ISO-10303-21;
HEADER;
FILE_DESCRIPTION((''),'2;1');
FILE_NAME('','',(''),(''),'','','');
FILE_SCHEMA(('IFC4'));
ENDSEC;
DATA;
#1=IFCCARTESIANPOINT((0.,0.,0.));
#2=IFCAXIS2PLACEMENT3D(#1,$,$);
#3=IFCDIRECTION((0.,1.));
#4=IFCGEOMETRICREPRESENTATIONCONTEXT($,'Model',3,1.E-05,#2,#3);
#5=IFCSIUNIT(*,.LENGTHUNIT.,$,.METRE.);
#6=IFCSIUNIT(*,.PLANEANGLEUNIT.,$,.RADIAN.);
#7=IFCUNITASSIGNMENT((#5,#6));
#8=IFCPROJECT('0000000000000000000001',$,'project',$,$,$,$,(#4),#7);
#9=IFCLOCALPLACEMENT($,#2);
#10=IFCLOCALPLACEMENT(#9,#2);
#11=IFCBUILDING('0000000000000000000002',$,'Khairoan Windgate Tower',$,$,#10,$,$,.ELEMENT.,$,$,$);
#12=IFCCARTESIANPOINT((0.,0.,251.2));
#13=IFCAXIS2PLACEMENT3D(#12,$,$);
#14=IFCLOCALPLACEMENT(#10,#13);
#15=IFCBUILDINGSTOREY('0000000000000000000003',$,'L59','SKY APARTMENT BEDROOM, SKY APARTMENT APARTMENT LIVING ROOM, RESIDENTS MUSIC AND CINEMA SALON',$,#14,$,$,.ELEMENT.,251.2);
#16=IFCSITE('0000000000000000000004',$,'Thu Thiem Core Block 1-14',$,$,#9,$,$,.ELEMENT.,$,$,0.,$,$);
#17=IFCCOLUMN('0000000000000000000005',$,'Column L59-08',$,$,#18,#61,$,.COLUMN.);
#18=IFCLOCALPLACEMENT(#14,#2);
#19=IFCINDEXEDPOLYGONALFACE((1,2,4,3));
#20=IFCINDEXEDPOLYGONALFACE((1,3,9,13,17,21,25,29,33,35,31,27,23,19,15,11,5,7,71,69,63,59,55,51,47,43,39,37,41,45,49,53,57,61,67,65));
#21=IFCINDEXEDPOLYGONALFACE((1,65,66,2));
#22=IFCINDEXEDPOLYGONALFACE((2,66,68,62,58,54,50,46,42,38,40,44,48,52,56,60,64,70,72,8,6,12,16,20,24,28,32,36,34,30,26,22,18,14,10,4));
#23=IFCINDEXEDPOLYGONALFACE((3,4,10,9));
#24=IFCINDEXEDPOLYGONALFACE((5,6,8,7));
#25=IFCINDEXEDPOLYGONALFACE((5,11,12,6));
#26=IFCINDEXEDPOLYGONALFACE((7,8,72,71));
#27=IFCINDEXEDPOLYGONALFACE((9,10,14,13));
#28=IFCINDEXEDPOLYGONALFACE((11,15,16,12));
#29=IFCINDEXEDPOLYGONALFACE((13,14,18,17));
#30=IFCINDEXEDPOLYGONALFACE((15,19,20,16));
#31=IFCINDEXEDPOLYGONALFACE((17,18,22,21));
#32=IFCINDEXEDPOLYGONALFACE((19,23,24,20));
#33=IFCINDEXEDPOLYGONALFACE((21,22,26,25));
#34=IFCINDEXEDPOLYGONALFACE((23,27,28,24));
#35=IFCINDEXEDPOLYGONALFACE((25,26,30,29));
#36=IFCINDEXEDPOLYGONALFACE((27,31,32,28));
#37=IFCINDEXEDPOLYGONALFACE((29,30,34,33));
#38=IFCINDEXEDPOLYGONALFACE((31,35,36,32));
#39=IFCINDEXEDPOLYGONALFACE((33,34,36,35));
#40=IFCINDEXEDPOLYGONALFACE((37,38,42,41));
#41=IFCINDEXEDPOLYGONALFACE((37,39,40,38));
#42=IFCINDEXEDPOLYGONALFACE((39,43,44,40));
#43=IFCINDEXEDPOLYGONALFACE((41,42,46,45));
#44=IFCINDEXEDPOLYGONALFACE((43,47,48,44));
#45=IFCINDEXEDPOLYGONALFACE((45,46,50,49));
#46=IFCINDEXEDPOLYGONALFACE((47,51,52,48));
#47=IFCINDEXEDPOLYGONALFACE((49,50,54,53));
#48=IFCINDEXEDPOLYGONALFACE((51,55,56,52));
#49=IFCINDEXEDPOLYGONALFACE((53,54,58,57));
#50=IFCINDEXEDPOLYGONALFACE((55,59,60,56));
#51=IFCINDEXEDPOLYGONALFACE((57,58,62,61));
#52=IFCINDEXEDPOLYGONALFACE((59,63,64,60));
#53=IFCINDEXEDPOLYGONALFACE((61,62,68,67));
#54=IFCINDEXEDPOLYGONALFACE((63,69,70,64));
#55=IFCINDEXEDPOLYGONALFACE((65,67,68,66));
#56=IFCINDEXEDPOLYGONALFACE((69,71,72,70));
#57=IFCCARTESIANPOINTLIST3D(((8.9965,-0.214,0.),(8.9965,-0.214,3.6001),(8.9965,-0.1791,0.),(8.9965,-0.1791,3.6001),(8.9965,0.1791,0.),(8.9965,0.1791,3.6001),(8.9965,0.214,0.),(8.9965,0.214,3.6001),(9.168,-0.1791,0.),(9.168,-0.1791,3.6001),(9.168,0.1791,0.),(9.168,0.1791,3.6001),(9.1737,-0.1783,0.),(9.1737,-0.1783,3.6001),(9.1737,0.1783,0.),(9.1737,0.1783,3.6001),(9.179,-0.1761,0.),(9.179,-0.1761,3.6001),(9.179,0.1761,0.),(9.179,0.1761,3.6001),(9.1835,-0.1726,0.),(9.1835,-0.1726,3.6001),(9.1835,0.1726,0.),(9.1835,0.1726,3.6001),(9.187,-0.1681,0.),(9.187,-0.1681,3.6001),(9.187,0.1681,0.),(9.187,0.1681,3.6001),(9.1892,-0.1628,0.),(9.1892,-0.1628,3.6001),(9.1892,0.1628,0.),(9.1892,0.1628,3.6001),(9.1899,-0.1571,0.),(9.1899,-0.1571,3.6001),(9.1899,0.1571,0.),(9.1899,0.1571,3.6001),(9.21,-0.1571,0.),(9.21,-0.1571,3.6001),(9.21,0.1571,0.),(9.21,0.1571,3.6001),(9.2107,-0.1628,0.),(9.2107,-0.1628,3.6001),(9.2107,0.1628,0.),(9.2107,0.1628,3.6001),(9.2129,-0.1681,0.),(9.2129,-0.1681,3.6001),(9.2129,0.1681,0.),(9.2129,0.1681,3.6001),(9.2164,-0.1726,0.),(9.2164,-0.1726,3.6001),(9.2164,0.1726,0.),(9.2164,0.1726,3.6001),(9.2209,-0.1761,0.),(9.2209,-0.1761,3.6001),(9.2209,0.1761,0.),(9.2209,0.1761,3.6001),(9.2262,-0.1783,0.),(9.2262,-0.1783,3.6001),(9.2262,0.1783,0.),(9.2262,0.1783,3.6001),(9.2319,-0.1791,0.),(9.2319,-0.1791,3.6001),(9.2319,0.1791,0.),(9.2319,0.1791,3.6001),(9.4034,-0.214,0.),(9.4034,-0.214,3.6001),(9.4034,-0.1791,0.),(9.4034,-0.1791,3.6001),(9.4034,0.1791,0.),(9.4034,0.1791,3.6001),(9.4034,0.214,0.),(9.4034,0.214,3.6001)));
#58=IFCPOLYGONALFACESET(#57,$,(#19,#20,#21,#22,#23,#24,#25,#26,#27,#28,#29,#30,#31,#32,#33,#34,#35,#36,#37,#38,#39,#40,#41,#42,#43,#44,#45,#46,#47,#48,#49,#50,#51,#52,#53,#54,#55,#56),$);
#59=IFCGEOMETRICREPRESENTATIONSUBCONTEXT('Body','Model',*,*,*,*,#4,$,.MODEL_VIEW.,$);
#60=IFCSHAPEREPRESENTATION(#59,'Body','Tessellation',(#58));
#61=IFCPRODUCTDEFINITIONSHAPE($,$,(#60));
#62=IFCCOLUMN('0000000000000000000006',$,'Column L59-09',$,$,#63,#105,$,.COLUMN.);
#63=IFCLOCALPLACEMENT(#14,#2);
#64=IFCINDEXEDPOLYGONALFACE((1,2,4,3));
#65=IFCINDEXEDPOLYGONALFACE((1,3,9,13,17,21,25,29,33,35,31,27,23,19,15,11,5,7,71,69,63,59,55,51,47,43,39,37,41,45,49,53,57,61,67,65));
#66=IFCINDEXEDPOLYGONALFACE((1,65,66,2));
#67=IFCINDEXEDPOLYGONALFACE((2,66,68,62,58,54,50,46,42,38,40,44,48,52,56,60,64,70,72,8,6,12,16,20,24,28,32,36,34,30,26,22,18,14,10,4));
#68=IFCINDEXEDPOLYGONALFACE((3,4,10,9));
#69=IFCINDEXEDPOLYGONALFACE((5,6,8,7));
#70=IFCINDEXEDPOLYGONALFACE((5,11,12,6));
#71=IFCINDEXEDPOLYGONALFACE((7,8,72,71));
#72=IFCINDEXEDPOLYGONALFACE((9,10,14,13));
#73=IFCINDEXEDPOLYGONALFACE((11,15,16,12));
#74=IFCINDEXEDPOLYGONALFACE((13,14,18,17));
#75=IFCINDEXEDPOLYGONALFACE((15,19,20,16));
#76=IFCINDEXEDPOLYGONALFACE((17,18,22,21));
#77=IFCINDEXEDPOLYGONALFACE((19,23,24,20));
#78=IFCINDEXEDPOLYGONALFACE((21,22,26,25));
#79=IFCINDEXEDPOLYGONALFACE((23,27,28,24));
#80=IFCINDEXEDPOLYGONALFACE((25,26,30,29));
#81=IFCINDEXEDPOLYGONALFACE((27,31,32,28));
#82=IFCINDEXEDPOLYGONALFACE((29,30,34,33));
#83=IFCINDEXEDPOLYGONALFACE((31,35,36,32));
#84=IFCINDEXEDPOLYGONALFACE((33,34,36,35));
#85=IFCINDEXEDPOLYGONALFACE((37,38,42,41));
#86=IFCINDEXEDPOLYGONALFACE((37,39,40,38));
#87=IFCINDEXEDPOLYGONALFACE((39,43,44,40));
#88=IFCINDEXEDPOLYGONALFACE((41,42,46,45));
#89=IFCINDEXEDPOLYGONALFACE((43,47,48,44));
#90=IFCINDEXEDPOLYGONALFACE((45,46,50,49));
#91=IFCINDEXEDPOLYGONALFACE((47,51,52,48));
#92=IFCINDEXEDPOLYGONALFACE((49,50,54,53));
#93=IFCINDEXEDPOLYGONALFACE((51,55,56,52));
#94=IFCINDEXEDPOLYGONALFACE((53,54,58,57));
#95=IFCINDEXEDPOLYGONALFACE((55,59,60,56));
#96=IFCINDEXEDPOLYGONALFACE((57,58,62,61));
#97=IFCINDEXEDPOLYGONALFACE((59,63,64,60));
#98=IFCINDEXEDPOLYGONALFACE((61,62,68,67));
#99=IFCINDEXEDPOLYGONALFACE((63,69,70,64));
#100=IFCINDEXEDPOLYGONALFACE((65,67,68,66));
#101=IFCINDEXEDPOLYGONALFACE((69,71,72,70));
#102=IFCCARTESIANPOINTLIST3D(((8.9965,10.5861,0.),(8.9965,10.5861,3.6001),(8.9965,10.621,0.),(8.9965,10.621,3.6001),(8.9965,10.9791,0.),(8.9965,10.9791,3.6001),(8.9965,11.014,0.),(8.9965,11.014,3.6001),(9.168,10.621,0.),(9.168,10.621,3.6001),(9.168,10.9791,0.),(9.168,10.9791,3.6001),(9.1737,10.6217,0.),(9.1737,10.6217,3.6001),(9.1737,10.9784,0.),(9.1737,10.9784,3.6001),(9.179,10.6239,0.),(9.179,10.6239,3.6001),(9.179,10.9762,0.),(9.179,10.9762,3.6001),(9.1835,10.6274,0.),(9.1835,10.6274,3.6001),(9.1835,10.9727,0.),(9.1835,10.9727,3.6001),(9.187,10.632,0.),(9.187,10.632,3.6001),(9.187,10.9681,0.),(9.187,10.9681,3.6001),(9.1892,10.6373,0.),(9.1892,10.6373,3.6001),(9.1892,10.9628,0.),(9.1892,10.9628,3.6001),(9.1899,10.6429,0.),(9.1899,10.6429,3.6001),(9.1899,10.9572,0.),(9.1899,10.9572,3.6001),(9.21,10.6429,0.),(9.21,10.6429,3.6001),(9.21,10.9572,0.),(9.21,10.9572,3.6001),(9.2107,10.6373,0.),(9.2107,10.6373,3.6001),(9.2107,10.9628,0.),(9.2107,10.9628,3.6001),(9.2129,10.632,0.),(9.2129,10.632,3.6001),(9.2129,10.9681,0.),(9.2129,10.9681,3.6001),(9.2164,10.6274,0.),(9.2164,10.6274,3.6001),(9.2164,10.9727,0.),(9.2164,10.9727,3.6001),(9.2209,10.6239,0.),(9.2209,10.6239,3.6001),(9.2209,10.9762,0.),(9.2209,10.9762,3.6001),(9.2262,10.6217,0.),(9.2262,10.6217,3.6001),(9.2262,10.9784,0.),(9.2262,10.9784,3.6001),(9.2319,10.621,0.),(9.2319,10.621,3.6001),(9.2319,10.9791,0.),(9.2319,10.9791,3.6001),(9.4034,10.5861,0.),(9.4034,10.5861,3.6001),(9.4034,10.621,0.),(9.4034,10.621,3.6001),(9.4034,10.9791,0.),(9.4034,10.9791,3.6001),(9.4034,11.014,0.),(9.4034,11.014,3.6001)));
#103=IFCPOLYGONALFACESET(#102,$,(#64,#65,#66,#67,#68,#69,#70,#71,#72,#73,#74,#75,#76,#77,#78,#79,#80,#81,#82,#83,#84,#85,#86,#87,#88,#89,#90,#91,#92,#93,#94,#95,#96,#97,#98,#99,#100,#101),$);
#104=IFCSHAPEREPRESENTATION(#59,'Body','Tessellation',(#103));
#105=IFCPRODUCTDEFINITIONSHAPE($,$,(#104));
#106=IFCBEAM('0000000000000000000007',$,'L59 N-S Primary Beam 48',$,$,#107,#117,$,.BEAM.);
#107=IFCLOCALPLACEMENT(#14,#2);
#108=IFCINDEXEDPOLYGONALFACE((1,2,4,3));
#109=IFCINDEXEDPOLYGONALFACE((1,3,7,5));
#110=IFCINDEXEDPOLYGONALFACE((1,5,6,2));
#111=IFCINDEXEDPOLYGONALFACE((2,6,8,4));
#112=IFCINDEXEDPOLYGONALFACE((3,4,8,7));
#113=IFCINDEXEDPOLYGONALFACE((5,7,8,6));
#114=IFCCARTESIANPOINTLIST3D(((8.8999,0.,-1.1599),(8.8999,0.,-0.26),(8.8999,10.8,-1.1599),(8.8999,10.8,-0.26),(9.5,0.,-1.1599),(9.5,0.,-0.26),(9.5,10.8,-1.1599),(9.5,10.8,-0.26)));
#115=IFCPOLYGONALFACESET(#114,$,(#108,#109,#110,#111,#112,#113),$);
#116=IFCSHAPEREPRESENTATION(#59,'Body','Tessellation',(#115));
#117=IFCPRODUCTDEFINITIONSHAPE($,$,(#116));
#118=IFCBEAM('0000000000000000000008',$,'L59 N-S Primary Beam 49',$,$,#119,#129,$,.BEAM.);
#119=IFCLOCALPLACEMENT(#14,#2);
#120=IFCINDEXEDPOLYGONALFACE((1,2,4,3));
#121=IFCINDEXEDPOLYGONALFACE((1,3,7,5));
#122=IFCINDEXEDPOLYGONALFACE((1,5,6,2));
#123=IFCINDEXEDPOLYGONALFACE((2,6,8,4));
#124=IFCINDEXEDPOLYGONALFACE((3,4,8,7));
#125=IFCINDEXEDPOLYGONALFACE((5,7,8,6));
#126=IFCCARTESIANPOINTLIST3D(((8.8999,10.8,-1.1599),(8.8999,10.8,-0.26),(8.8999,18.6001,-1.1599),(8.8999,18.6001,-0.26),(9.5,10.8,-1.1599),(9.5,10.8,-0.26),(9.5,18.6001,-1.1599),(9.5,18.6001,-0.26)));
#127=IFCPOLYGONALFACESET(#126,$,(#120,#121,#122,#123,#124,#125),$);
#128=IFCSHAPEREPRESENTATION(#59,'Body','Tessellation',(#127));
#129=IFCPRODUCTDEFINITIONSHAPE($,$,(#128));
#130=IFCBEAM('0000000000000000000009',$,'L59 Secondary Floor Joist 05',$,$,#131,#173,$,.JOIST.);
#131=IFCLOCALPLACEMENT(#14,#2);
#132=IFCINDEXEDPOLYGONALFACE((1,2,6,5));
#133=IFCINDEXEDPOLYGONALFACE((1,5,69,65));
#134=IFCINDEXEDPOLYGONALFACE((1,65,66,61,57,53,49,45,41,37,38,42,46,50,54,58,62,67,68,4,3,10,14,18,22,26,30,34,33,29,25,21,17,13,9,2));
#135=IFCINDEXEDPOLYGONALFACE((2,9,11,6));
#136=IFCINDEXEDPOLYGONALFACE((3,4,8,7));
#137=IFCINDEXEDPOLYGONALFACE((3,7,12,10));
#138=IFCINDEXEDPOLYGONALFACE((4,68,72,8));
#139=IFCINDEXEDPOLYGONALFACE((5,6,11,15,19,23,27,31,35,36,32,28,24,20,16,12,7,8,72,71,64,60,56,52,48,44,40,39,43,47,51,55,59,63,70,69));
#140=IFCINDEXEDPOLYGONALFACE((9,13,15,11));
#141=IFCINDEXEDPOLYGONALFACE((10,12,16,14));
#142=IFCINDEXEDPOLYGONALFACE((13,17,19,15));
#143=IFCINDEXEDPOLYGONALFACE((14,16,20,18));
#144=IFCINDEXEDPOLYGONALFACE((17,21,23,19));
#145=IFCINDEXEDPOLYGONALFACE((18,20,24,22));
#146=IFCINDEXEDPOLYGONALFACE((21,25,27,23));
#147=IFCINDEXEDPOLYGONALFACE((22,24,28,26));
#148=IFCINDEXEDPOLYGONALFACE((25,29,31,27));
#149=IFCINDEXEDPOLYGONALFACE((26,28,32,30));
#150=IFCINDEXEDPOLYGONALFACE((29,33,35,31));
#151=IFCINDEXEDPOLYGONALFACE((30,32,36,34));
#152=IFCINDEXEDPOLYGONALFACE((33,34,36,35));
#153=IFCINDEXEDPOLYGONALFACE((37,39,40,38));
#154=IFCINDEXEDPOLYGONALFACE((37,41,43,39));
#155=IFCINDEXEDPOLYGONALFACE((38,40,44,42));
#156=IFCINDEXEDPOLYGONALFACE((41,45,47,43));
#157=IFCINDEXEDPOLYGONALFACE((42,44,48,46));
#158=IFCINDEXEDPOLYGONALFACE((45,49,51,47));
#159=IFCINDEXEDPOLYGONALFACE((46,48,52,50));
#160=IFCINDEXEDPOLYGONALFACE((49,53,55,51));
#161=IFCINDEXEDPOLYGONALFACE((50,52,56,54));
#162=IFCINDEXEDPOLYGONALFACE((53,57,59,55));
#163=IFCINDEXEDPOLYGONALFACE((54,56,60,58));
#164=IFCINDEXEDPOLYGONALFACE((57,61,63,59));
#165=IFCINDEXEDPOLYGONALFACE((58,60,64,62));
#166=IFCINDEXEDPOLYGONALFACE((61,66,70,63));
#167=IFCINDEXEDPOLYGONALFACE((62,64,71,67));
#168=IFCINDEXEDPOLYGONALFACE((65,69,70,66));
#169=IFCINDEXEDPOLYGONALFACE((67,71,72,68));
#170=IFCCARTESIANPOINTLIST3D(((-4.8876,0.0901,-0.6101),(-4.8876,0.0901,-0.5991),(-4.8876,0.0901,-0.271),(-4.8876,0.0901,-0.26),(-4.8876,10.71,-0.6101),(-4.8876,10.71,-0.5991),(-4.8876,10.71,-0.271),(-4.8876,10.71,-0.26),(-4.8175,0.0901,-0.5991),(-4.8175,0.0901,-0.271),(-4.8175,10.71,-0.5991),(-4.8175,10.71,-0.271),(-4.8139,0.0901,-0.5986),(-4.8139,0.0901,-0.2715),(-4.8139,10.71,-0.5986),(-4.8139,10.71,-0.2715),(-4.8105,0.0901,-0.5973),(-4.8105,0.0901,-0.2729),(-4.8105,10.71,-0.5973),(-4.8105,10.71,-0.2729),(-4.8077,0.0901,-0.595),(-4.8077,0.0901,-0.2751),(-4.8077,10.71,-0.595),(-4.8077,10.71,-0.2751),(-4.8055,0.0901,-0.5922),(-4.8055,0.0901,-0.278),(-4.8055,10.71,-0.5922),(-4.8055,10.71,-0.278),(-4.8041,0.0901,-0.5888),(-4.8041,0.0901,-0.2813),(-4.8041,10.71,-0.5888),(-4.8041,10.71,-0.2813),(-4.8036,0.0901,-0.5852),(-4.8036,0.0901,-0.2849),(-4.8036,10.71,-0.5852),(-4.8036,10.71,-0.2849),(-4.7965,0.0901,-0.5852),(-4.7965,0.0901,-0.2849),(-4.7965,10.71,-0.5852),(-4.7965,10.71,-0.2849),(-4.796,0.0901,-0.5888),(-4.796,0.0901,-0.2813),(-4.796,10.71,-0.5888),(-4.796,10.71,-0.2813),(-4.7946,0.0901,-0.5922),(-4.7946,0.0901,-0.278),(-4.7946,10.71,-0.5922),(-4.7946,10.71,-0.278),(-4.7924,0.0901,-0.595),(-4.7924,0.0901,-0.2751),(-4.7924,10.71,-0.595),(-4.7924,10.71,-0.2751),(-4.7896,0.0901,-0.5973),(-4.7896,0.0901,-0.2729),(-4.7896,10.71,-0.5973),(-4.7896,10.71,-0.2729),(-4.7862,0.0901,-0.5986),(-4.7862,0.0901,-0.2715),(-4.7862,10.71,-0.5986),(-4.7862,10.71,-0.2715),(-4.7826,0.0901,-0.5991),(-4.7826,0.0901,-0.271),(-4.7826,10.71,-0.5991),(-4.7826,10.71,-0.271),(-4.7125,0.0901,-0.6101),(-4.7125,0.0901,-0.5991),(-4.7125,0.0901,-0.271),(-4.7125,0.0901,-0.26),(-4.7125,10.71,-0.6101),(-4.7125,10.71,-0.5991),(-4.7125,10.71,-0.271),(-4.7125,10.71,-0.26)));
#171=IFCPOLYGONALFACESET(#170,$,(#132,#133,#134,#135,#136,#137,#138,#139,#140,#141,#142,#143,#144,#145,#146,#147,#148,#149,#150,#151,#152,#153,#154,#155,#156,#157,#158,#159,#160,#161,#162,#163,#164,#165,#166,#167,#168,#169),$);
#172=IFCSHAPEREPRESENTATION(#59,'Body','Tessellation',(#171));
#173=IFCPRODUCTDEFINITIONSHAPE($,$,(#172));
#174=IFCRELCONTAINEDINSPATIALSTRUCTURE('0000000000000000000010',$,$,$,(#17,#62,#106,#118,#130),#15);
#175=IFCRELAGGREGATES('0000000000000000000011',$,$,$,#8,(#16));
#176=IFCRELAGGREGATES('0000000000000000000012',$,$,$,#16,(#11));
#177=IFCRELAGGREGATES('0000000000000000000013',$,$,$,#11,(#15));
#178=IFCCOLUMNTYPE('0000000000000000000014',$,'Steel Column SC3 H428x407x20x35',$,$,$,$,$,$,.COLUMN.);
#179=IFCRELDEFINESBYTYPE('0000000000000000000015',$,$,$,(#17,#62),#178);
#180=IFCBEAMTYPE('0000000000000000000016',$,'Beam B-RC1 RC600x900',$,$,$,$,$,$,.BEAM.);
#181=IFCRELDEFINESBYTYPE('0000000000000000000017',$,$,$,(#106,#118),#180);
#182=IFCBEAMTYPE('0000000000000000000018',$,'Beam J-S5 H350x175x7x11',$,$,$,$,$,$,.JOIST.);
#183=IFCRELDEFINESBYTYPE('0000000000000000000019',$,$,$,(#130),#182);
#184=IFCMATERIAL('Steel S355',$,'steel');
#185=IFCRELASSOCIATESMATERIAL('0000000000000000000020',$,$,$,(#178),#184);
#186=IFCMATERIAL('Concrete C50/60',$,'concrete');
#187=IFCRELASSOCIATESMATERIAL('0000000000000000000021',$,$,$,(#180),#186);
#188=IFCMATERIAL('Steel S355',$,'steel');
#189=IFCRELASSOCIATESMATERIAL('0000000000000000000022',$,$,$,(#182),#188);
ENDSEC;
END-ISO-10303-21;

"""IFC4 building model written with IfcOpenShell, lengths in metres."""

from ifc_helpers import new_model, si_unit, direction, frame, origin, origin_2d, place, context, subcontext, project, spatial, rectangle, i_section, extrude, material, material_profile, profile_set, type_object, element, save


model = new_model("IFC4")

# Units and contexts
model_context = context("Model", 3, precision=1e-05, world=origin(), true_north=direction((0.0, 1.0)))
body_context = subcontext(model_context, "Body", "Model", "MODEL_VIEW")
ifc_project = project(units=[si_unit("LENGTHUNIT", "METRE"), si_unit("PLANEANGLEUNIT", "RADIAN")], contexts=[model_context])

# Site, building, storey
site_placement = place(None, origin())
site = spatial("IfcSite", under=ifc_project, at=site_placement, Name="Thu Thiem Core Block 1-14", CompositionType="ELEMENT", RefElevation=0.0)
building_placement = place(site_placement, origin())
building = spatial("IfcBuilding", under=site, at=building_placement, Name="Khairoan Windgate Tower", CompositionType="ELEMENT")
storey_placement = place(building_placement, frame((0.0, 0.0, 251.2)))
storey = spatial("IfcBuildingStorey", under=building, at=storey_placement, Name="L59", Description="SKY APARTMENT BEDROOM, SKY APARTMENT APARTMENT LIVING ROOM, RESIDENTS MUSIC AND CINEMA SALON", CompositionType="ELEMENT", Elevation=251.2)

# Columns
ifc_material_1 = material(Name="Steel S355", Category="steel")
ifc_material_profile_1 = material_profile(ifc_material_1, i_section(OverallWidth=0.407, OverallDepth=0.428, WebThickness=0.02, FlangeThickness=0.0349, FilletRadius=0.022, at=origin_2d()))
ifc_profile_set_1 = profile_set([ifc_material_profile_1], Name="Steel S355")
column_type = type_object("IfcColumnType", Name="Steel Column SC3 H428x407x20x35", PredefinedType="COLUMN", material=ifc_profile_set_1)
for number, where, z_axis, x_axis, name in (
    (1, (9.2, 0.0, 0.0), (0.0, 0.0, 1.0), (1.0, 0.0, 0.0), "Column L59-08"),
    (2, (9.2, 10.8, 0.0), (0.0, 0.0, 1.0), (1.0, 0.0, 0.0), "Column L59-09"),
):
    element("IfcColumn", number, at=place(storey_placement, frame(where, z_axis=z_axis, x_axis=x_axis)), inside=storey, type_object=column_type, Name=name, PredefinedType="COLUMN", context=body_context, shape_type="SweptSolid", body=[
        extrude(i_section(OverallWidth=0.407, OverallDepth=0.428, WebThickness=0.02, FlangeThickness=0.0349, FilletRadius=0.022, at=origin_2d()), origin(), (0.0, 0.0, 1.0), 3.6001),
    ])

# Beams
ifc_material_2 = material(Name="Concrete C50/60", Category="concrete")
ifc_material_profile_2 = material_profile(ifc_material_2, rectangle(XDim=0.6001, YDim=0.8999, at=origin_2d()))
ifc_profile_set_2 = profile_set([ifc_material_profile_2], Name="Concrete C50/60")
beam_type_1 = type_object("IfcBeamType", Name="Beam B-RC1 RC600x900", PredefinedType="BEAM", material=ifc_profile_set_2)
beam_1_placement = place(storey_placement, frame((9.2, 0.0, -0.71), z_axis=(0.0, 1.0, 0.0), x_axis=(-1.0, 0.0, 0.0)))
element("IfcBeam", 3, at=beam_1_placement, inside=storey, type_object=beam_type_1, Name="L59 N-S Primary Beam 48", PredefinedType="BEAM", context=body_context, shape_type="SweptSolid", body=[
    extrude(rectangle(XDim=0.6001, YDim=0.8999, at=origin_2d()), origin(), (0.0, 0.0, 1.0), 10.8),
])
beam_2_placement = place(storey_placement, frame((9.2, 10.8, -0.71), z_axis=(0.0, 1.0, 0.0), x_axis=(-1.0, 0.0, 0.0)))
element("IfcBeam", 4, at=beam_2_placement, inside=storey, type_object=beam_type_1, Name="L59 N-S Primary Beam 49", PredefinedType="BEAM", context=body_context, shape_type="SweptSolid", body=[
    extrude(rectangle(XDim=0.6001, YDim=0.8999, at=origin_2d()), origin(), (0.0, 0.0, 1.0), 7.8),
])
ifc_material_3 = material(Name="Steel S355", Category="steel")
ifc_material_profile_3 = material_profile(ifc_material_3, i_section(OverallWidth=0.175, OverallDepth=0.3501, WebThickness=0.0071, FlangeThickness=0.011, FilletRadius=0.0139, at=origin_2d()))
ifc_profile_set_3 = profile_set([ifc_material_profile_3], Name="Steel S355")
beam_type_2 = type_object("IfcBeamType", Name="Beam J-S5 H350x175x7x11", PredefinedType="JOIST", material=ifc_profile_set_3)
beam_3_placement = place(storey_placement, frame((-4.8, 0.0901, -0.4351), z_axis=(0.0, 1.0, 0.0), x_axis=(-1.0, 0.0, 0.0)))
element("IfcBeam", 5, at=beam_3_placement, inside=storey, type_object=beam_type_2, Name="L59 Secondary Floor Joist 05", PredefinedType="JOIST", context=body_context, shape_type="SweptSolid", body=[
    extrude(i_section(OverallWidth=0.175, OverallDepth=0.3501, WebThickness=0.0071, FlangeThickness=0.011, FilletRadius=0.0139, at=origin_2d()), origin(), (0.0, 0.0, 1.0), 10.6199),
])

save(model, "model.ifc")
